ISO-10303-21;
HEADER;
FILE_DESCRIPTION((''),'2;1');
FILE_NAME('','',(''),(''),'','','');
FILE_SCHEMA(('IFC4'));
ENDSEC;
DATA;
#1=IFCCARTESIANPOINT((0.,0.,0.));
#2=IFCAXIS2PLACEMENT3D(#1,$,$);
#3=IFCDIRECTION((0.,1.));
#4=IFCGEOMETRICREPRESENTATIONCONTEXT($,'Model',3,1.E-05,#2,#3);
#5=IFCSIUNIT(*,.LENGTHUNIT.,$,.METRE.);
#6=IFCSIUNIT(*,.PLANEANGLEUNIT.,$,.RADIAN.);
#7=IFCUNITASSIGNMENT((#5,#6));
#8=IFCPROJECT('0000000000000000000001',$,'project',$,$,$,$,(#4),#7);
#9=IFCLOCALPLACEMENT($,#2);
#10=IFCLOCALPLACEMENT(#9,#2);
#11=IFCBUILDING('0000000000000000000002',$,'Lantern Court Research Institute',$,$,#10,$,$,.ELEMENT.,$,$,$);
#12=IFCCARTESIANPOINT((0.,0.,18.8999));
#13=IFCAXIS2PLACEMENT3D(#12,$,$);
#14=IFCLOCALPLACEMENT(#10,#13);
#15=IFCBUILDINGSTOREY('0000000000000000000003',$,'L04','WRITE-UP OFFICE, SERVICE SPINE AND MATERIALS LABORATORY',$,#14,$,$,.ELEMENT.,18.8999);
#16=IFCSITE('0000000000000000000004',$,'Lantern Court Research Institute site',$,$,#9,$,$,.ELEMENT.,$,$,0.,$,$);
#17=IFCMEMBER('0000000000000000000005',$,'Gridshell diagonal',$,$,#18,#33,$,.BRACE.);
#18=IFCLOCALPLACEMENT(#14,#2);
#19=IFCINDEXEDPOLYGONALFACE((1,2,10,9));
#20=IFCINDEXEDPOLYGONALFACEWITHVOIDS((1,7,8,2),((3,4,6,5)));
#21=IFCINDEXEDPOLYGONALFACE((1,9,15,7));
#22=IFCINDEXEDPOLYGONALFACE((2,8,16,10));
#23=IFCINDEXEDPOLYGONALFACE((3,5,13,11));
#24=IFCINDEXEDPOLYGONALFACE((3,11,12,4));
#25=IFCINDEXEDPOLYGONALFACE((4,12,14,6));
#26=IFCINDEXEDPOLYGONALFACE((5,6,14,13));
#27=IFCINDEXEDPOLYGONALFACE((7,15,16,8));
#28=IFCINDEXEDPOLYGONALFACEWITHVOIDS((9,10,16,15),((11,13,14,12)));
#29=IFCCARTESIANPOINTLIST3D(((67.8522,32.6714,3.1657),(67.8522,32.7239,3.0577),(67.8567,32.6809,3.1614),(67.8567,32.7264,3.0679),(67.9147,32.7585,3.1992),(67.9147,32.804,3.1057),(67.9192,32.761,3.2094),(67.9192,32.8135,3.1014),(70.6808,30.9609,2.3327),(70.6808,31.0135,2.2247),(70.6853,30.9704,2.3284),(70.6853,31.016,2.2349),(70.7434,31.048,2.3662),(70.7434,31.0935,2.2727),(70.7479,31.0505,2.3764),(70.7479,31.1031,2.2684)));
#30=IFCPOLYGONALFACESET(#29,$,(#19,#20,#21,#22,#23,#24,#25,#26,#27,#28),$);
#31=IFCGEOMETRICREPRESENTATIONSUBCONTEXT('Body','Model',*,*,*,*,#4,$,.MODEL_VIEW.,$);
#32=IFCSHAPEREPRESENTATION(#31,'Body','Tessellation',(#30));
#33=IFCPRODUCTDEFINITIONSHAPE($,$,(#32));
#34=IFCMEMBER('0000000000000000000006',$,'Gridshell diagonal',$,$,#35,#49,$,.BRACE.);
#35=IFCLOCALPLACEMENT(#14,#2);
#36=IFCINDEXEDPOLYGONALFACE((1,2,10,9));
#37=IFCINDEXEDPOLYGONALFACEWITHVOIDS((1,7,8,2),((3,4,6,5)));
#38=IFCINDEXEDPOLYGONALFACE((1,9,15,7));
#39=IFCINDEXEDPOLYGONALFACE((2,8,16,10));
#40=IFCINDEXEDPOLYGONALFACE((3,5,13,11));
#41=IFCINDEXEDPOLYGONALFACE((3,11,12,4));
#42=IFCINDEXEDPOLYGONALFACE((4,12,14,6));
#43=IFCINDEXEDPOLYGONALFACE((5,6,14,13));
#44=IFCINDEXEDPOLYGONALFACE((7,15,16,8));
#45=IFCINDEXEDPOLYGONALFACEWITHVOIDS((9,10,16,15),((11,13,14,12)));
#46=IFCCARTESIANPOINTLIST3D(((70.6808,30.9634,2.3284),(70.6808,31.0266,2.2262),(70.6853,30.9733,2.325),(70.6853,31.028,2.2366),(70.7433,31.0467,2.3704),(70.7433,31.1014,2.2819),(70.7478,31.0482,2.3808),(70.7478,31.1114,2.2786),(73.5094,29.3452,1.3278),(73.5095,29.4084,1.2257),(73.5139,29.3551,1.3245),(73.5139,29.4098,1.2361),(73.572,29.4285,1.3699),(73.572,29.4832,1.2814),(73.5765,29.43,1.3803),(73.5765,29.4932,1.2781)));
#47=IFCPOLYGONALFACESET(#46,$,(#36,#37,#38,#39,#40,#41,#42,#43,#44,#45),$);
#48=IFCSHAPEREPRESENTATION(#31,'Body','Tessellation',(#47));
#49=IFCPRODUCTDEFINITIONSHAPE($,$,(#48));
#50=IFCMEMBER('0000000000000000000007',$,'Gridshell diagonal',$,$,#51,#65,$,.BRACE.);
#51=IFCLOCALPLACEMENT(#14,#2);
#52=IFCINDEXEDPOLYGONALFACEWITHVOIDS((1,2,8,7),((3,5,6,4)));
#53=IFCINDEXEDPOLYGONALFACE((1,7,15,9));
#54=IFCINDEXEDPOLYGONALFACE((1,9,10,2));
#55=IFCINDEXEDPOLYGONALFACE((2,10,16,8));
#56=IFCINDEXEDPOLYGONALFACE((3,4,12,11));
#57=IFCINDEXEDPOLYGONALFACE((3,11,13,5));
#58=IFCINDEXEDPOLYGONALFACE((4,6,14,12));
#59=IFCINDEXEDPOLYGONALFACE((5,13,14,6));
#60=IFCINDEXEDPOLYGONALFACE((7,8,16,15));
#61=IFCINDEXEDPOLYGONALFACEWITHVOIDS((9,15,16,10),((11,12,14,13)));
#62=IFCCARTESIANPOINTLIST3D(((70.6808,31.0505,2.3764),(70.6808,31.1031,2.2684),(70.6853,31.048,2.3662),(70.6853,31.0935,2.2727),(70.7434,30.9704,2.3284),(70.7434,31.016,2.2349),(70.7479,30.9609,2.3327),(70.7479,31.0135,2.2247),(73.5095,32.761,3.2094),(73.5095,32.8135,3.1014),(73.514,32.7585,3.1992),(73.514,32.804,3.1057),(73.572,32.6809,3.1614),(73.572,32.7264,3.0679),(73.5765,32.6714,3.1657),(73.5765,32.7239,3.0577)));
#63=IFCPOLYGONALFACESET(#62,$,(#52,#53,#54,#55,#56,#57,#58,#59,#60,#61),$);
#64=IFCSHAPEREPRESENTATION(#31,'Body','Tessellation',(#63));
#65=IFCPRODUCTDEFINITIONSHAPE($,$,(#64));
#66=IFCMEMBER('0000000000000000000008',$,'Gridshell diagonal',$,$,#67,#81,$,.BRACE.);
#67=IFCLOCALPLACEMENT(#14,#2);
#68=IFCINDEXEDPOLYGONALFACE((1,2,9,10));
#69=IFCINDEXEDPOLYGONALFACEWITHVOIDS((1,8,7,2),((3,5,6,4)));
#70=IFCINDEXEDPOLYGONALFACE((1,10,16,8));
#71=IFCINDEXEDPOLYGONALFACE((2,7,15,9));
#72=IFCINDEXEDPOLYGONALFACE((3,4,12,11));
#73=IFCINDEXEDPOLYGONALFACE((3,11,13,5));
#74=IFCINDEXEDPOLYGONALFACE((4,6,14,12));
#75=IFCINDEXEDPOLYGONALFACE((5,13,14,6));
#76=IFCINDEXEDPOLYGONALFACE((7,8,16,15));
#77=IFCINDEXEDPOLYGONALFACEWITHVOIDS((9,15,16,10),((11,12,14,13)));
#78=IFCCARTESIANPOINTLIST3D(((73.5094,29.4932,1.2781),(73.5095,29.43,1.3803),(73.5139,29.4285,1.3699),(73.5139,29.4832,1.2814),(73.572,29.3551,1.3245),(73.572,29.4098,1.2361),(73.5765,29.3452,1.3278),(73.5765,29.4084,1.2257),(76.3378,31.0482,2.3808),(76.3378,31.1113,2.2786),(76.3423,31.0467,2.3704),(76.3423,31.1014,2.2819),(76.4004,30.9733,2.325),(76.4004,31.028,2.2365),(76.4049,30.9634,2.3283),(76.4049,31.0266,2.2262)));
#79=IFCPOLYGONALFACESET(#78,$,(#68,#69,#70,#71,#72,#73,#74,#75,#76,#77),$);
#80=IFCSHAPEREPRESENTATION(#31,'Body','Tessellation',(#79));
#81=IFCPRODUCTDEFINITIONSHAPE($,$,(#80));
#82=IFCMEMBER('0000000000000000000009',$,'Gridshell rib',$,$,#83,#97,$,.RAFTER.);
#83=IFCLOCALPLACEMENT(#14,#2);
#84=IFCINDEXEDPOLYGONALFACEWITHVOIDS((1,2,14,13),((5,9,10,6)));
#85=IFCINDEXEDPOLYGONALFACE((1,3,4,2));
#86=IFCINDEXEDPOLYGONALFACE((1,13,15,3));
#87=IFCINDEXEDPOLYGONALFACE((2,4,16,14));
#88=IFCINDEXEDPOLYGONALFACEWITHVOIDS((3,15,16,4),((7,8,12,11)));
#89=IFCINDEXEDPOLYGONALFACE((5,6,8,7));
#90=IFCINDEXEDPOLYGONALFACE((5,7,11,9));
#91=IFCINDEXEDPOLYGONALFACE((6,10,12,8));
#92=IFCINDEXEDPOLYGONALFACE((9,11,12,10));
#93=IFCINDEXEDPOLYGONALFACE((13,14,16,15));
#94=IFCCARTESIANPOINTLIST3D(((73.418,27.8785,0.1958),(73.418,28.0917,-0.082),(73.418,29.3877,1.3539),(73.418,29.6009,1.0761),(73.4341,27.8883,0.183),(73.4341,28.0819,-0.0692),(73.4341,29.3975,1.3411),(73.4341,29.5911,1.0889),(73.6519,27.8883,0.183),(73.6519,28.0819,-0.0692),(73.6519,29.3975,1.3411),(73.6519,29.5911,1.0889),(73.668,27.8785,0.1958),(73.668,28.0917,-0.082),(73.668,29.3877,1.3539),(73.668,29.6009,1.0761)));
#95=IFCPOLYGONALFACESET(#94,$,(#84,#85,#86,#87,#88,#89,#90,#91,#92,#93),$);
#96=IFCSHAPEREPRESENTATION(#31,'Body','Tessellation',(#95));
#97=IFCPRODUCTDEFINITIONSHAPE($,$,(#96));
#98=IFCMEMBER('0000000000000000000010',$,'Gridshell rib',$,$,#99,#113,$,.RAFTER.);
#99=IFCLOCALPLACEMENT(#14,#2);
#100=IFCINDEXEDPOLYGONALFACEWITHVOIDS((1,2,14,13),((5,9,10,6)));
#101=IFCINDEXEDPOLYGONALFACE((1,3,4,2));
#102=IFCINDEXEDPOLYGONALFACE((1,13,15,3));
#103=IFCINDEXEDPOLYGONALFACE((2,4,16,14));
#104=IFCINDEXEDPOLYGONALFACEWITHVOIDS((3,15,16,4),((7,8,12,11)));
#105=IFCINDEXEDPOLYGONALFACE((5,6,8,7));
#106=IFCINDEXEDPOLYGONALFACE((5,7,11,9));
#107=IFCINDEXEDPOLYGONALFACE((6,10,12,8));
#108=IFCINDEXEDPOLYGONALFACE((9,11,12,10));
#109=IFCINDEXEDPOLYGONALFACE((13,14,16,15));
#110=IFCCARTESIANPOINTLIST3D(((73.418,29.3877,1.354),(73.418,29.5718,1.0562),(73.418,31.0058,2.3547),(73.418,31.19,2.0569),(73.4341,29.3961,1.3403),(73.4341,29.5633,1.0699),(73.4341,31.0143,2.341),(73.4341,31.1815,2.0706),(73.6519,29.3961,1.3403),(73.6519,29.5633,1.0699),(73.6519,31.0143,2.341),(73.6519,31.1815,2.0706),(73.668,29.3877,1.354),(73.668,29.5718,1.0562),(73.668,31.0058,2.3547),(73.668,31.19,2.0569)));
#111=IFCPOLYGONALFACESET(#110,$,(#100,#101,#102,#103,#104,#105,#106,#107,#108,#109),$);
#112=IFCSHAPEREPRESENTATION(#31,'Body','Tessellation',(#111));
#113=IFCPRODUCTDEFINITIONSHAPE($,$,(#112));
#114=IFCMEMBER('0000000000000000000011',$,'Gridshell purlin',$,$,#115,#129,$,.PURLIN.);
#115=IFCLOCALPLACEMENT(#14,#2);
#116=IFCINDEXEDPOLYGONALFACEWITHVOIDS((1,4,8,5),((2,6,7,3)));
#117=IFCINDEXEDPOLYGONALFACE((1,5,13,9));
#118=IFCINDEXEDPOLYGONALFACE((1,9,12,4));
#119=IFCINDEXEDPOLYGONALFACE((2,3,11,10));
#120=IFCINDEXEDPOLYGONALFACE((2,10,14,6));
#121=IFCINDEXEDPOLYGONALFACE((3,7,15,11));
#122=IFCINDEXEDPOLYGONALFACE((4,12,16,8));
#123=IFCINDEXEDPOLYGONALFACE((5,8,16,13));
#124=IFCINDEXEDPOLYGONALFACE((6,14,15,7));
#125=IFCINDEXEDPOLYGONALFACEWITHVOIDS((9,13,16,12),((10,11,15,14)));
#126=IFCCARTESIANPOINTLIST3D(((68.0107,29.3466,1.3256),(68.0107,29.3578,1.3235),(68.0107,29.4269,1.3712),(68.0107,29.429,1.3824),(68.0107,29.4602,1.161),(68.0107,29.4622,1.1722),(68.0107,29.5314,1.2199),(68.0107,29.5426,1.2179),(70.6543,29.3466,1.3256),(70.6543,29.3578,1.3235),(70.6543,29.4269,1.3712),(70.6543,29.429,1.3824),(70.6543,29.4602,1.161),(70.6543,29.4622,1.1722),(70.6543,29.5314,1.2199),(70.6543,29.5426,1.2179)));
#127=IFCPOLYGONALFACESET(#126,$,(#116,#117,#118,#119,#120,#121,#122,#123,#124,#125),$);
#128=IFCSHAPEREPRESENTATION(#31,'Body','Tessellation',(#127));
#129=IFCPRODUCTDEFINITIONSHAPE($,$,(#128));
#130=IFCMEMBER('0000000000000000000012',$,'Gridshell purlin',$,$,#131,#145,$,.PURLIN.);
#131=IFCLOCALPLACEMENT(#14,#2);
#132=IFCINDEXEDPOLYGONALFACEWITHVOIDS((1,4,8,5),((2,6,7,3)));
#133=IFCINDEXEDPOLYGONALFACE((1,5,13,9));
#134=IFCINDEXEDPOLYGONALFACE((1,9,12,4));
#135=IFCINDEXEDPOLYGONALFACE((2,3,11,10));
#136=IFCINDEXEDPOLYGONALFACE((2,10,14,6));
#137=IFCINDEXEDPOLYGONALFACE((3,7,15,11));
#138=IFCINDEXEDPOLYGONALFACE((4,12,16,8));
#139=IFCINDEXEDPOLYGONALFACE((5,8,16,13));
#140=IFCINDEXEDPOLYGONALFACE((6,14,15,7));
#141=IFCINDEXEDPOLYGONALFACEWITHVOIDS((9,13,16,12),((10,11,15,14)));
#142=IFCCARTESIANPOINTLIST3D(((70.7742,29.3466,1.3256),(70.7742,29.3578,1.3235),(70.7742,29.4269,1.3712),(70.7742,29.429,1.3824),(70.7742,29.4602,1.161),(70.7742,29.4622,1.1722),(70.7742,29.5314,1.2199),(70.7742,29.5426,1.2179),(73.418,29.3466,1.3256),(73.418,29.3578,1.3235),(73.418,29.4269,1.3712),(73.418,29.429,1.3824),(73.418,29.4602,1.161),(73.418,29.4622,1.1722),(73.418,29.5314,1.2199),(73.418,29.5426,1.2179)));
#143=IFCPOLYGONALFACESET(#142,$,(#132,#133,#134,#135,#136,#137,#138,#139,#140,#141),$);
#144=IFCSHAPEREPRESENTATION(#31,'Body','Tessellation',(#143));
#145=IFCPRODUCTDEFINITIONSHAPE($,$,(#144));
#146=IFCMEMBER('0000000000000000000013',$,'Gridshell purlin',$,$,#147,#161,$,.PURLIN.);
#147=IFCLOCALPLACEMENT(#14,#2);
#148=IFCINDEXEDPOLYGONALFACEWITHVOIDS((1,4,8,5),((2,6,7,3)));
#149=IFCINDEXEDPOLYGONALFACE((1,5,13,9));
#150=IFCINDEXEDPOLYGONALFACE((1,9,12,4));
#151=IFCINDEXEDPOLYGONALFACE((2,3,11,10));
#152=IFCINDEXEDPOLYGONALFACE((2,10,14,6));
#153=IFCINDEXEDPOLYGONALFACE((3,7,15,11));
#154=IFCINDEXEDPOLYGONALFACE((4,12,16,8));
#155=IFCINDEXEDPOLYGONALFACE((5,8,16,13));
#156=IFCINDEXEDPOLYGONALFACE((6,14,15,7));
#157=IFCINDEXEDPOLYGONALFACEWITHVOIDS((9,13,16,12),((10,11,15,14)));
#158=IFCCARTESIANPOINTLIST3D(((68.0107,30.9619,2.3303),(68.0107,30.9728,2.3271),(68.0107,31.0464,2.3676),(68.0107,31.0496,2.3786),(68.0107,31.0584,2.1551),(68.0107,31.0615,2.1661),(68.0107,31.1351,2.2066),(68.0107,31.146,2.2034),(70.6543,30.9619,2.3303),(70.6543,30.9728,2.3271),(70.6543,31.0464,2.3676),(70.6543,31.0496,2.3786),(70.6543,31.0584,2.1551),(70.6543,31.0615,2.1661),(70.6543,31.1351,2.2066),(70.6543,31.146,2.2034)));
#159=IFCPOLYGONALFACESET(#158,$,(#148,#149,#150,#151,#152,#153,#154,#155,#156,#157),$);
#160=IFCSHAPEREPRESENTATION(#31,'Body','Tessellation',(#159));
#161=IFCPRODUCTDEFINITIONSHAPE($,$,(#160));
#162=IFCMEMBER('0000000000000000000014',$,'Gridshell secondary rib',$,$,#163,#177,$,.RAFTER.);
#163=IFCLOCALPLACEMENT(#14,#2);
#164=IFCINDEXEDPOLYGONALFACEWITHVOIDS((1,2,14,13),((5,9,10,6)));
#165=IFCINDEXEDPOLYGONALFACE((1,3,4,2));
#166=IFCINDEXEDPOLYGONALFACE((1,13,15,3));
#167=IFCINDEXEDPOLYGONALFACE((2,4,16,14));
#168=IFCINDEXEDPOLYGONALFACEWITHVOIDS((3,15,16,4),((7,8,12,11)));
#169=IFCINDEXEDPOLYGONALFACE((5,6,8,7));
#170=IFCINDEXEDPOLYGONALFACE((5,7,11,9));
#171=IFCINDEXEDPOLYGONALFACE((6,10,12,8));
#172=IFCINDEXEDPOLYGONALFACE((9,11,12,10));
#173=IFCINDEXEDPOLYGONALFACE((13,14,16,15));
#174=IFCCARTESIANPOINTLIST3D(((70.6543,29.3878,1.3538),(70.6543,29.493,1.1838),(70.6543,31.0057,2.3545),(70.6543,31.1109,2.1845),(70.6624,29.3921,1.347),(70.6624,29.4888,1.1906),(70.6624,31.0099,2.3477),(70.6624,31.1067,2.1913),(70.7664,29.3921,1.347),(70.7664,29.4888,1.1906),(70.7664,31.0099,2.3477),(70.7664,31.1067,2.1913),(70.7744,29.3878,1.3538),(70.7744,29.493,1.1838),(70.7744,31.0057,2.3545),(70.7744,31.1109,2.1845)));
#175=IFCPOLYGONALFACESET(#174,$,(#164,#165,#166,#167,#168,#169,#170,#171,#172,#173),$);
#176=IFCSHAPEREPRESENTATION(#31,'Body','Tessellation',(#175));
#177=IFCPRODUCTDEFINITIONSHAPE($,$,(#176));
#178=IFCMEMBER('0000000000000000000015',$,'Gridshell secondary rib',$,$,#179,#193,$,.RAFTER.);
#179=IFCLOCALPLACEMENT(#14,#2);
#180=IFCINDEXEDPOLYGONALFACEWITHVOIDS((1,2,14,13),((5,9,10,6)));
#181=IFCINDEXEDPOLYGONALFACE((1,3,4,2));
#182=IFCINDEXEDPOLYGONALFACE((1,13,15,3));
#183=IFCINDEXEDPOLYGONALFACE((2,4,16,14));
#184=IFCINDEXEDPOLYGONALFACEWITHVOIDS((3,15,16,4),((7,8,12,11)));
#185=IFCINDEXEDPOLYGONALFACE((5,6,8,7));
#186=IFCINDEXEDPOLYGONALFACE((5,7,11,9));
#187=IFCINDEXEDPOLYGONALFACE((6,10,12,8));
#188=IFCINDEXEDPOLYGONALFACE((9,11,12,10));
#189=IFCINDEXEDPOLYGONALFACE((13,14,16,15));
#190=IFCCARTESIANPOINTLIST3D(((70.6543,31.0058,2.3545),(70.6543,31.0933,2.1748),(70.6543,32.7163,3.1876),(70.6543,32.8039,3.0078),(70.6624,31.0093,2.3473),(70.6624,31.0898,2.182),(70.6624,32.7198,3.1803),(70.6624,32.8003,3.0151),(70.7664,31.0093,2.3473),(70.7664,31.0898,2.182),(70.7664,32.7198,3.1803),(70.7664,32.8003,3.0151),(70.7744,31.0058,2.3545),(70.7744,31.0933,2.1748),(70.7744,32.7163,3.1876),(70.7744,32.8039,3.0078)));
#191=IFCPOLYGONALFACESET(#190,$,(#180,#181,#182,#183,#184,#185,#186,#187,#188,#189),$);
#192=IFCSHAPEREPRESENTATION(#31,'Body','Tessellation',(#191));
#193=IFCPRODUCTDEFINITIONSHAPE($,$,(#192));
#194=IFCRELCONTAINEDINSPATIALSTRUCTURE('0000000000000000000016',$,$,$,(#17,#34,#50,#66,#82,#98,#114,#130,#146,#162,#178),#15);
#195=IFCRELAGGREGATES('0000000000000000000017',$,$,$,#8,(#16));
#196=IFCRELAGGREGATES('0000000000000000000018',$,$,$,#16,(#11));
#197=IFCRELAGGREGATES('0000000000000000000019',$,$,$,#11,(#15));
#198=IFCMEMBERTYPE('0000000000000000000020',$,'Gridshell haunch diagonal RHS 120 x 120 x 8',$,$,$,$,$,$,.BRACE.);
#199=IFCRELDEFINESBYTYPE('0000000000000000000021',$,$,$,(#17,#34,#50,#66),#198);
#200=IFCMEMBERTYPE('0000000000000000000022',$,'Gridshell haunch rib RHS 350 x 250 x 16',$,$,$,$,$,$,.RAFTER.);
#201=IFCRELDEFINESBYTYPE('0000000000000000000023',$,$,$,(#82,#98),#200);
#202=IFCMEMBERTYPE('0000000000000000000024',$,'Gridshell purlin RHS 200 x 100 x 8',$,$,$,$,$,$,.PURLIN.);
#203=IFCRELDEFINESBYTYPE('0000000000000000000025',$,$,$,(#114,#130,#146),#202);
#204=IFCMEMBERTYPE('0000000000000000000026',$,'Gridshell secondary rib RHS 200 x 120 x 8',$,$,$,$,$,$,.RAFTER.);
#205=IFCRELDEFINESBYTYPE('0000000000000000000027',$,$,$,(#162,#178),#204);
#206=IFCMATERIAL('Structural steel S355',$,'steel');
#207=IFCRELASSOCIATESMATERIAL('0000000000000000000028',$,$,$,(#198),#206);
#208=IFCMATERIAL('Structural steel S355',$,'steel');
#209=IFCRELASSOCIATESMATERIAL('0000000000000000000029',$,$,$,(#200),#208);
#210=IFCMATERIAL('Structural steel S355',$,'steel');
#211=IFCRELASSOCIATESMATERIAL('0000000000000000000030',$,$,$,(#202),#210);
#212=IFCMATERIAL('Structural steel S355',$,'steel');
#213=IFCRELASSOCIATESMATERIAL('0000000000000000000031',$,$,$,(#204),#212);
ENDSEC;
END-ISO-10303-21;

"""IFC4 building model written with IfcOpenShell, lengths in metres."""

from ifc_helpers import new_model, si_unit, direction, frame, origin, origin_2d, place, context, subcontext, project, spatial, hollow_rectangle, extrude, material, material_profile, profile_set, type_object, element, save


model = new_model("IFC4")

# Units and contexts
model_context = context("Model", 3, precision=1e-05, world=origin(), true_north=direction((0.0, 1.0)))
body_context = subcontext(model_context, "Body", "Model", "MODEL_VIEW")
ifc_project = project(units=[si_unit("LENGTHUNIT", "METRE"), si_unit("PLANEANGLEUNIT", "RADIAN")], contexts=[model_context])

# Site, building, storey
site_placement = place(None, origin())
site = spatial("IfcSite", under=ifc_project, at=site_placement, Name="Lantern Court Research Institute site", CompositionType="ELEMENT", RefElevation=0.0)
building_placement = place(site_placement, origin())
building = spatial("IfcBuilding", under=site, at=building_placement, Name="Lantern Court Research Institute", CompositionType="ELEMENT")
storey_placement = place(building_placement, frame((0.0, 0.0, 18.8999)))
storey = spatial("IfcBuildingStorey", under=building, at=storey_placement, Name="L04", Description="WRITE-UP OFFICE, SERVICE SPINE AND MATERIALS LABORATORY", CompositionType="ELEMENT", Elevation=18.8999)

# Members
ifc_material_1 = material(Name="Structural steel S355", Category="steel")
ifc_material_profile_1 = material_profile(ifc_material_1, hollow_rectangle(XDim=0.1201, YDim=0.1201, WallThickness=0.0081, at=origin_2d()), Name="Gridshell haunch diagonal RHS 120 x 120 x 8")
ifc_profile_set_1 = profile_set([ifc_material_profile_1], Name="Structural steel S355")
member_type_1 = type_object("IfcMemberType", Name="Gridshell haunch diagonal RHS 120 x 120 x 8", PredefinedType="BRACE", material=ifc_profile_set_1)
for number, where, z_axis, x_axis, name in (
    (1, (70.7144, 31.032, 2.3005), (-0.829773, 0.50176, 0.244363), (-0.558101, -0.746025, -0.363277), "Gridshell diagonal"),
    (2, (73.543, 29.4192, 1.303), (-0.829777, 0.47469, 0.293494), (-0.558095, -0.705724, -0.436444), "Gridshell diagonal"),
    (3, (70.7144, 31.032, 2.3005), (0.829773, 0.50176, 0.244363), (-0.558101, 0.746025, 0.363277), "Gridshell diagonal"),
):
    element("IfcMember", number, at=place(storey_placement, frame(where, z_axis=z_axis, x_axis=x_axis)), inside=storey, type_object=member_type_1, Name=name, PredefinedType="BRACE", context=body_context, shape_type="SweptSolid", body=[
        extrude(hollow_rectangle(XDim=0.1201, YDim=0.1201, WallThickness=0.0081, at=origin_2d()), origin(), (0.0, 0.0, 1.0), 3.4089),
    ])
member_1_placement = place(storey_placement, frame((73.543, 29.4192, 1.303), z_axis=(0.829755, 0.474719, 0.293512), x_axis=(-0.558128, 0.705699, 0.436442)))
element("IfcMember", 4, at=member_1_placement, inside=storey, type_object=member_type_1, Name="Gridshell diagonal", PredefinedType="BRACE", context=body_context, shape_type="SweptSolid", body=[
    extrude(hollow_rectangle(XDim=0.1201, YDim=0.1201, WallThickness=0.0081, at=origin_2d()), origin(), (0.0, 0.0, 1.0), 3.4087),
])
ifc_material_2 = material(Name="Structural steel S355", Category="steel")
ifc_material_profile_2 = material_profile(ifc_material_2, hollow_rectangle(XDim=0.25, YDim=0.3501, WallThickness=0.0161, at=origin_2d()), Name="Gridshell haunch rib RHS 350 x 250 x 16")
ifc_profile_set_2 = profile_set([ifc_material_profile_2], Name="Structural steel S355")
member_type_2 = type_object("IfcMemberType", Name="Gridshell haunch rib RHS 350 x 250 x 16", PredefinedType="RAFTER", material=ifc_profile_set_2)
member_2_placement = place(storey_placement, frame((73.543, 27.9851, 0.0569), z_axis=(0.0, 0.79333, 0.608792), x_axis=(-1.0, 0.0, 0.0)))
element("IfcMember", 5, at=member_2_placement, inside=storey, type_object=member_type_2, Name="Gridshell rib", PredefinedType="RAFTER", context=body_context, shape_type="SweptSolid", body=[
    extrude(hollow_rectangle(XDim=0.25, YDim=0.3501, WallThickness=0.0161, at=origin_2d()), origin(), (0.0, 0.0, 1.0), 1.9023),
])
member_3_placement = place(storey_placement, frame((73.543, 29.4797, 1.2051), z_axis=(0.0, 0.850498, 0.525979), x_axis=(-1.0, 0.0, 0.0)))
element("IfcMember", 6, at=member_3_placement, inside=storey, type_object=member_type_2, Name="Gridshell rib", PredefinedType="RAFTER", context=body_context, shape_type="SweptSolid", body=[
    extrude(hollow_rectangle(XDim=0.25, YDim=0.3501, WallThickness=0.0161, at=origin_2d()), origin(), (0.0, 0.0, 1.0), 1.9026),
])
ifc_material_3 = material(Name="Structural steel S355", Category="steel")
ifc_material_profile_3 = material_profile(ifc_material_3, hollow_rectangle(XDim=0.1001, YDim=0.2, WallThickness=0.0081, at=origin_2d()), Name="Gridshell purlin RHS 200 x 100 x 8")
ifc_profile_set_3 = profile_set([ifc_material_profile_3], Name="Structural steel S355")
member_type_3 = type_object("IfcMemberType", Name="Gridshell purlin RHS 200 x 100 x 8", PredefinedType="PURLIN", material=ifc_profile_set_3)
member_4_placement = place(storey_placement, frame((68.0107, 29.4446, 1.2717), z_axis=(1.0, 0.0, 0.0), x_axis=(0.0, 0.822954, 0.568108)))
element("IfcMember", 7, at=member_4_placement, inside=storey, type_object=member_type_3, Name="Gridshell purlin", PredefinedType="PURLIN", context=body_context, shape_type="SweptSolid", body=[
    extrude(hollow_rectangle(XDim=0.1001, YDim=0.2, WallThickness=0.0081, at=origin_2d()), origin(), (0.0, 0.0, 1.0), 2.6436),
])
member_5_placement = place(storey_placement, frame((70.7742, 29.4446, 1.2717), z_axis=(1.0, 0.0, 0.0), x_axis=(0.0, 0.822954, 0.568108)))
element("IfcMember", 8, at=member_5_placement, inside=storey, type_object=member_type_3, Name="Gridshell purlin", PredefinedType="PURLIN", context=body_context, shape_type="SweptSolid", body=[
    extrude(hollow_rectangle(XDim=0.1001, YDim=0.2, WallThickness=0.0081, at=origin_2d()), origin(), (0.0, 0.0, 1.0), 2.6438),
])
member_6_placement = place(storey_placement, frame((68.0107, 31.054, 2.2668), z_axis=(1.0, 0.0, 0.0), x_axis=(0.0, 0.875897, 0.482497)))
element("IfcMember", 9, at=member_6_placement, inside=storey, type_object=member_type_3, Name="Gridshell purlin", PredefinedType="PURLIN", context=body_context, shape_type="SweptSolid", body=[
    extrude(hollow_rectangle(XDim=0.1001, YDim=0.2, WallThickness=0.0081, at=origin_2d()), origin(), (0.0, 0.0, 1.0), 2.6436),
])
ifc_material_4 = material(Name="Structural steel S355", Category="steel")
ifc_material_profile_4 = material_profile(ifc_material_4, hollow_rectangle(XDim=0.1201, YDim=0.2, WallThickness=0.0081, at=origin_2d()), Name="Gridshell secondary rib RHS 200 x 120 x 8")
ifc_profile_set_4 = profile_set([ifc_material_profile_4], Name="Structural steel S355")
member_type_4 = type_object("IfcMemberType", Name="Gridshell secondary rib RHS 200 x 120 x 8", PredefinedType="RAFTER", material=ifc_profile_set_4)
member_7_placement = place(storey_placement, frame((70.7144, 29.4404, 1.2688), z_axis=(0.0, 0.850462, 0.526036), x_axis=(-1.0, 0.0, 0.0)))
element("IfcMember", 10, at=member_7_placement, inside=storey, type_object=member_type_4, Name="Gridshell secondary rib", PredefinedType="RAFTER", context=body_context, shape_type="SweptSolid", body=[
    extrude(hollow_rectangle(XDim=0.1201, YDim=0.2, WallThickness=0.0081, at=origin_2d()), origin(), (0.0, 0.0, 1.0), 1.9023),
])
member_8_placement = place(storey_placement, frame((70.7144, 31.0496, 2.2646), z_axis=(0.0, 0.899049, 0.437847), x_axis=(-1.0, 0.0, 0.0)))
element("IfcMember", 11, at=member_8_placement, inside=storey, type_object=member_type_4, Name="Gridshell secondary rib", PredefinedType="RAFTER", context=body_context, shape_type="SweptSolid", body=[
    extrude(hollow_rectangle(XDim=0.1201, YDim=0.2, WallThickness=0.0081, at=origin_2d()), origin(), (0.0, 0.0, 1.0), 1.9026),
])

save(model, "model.ifc")
